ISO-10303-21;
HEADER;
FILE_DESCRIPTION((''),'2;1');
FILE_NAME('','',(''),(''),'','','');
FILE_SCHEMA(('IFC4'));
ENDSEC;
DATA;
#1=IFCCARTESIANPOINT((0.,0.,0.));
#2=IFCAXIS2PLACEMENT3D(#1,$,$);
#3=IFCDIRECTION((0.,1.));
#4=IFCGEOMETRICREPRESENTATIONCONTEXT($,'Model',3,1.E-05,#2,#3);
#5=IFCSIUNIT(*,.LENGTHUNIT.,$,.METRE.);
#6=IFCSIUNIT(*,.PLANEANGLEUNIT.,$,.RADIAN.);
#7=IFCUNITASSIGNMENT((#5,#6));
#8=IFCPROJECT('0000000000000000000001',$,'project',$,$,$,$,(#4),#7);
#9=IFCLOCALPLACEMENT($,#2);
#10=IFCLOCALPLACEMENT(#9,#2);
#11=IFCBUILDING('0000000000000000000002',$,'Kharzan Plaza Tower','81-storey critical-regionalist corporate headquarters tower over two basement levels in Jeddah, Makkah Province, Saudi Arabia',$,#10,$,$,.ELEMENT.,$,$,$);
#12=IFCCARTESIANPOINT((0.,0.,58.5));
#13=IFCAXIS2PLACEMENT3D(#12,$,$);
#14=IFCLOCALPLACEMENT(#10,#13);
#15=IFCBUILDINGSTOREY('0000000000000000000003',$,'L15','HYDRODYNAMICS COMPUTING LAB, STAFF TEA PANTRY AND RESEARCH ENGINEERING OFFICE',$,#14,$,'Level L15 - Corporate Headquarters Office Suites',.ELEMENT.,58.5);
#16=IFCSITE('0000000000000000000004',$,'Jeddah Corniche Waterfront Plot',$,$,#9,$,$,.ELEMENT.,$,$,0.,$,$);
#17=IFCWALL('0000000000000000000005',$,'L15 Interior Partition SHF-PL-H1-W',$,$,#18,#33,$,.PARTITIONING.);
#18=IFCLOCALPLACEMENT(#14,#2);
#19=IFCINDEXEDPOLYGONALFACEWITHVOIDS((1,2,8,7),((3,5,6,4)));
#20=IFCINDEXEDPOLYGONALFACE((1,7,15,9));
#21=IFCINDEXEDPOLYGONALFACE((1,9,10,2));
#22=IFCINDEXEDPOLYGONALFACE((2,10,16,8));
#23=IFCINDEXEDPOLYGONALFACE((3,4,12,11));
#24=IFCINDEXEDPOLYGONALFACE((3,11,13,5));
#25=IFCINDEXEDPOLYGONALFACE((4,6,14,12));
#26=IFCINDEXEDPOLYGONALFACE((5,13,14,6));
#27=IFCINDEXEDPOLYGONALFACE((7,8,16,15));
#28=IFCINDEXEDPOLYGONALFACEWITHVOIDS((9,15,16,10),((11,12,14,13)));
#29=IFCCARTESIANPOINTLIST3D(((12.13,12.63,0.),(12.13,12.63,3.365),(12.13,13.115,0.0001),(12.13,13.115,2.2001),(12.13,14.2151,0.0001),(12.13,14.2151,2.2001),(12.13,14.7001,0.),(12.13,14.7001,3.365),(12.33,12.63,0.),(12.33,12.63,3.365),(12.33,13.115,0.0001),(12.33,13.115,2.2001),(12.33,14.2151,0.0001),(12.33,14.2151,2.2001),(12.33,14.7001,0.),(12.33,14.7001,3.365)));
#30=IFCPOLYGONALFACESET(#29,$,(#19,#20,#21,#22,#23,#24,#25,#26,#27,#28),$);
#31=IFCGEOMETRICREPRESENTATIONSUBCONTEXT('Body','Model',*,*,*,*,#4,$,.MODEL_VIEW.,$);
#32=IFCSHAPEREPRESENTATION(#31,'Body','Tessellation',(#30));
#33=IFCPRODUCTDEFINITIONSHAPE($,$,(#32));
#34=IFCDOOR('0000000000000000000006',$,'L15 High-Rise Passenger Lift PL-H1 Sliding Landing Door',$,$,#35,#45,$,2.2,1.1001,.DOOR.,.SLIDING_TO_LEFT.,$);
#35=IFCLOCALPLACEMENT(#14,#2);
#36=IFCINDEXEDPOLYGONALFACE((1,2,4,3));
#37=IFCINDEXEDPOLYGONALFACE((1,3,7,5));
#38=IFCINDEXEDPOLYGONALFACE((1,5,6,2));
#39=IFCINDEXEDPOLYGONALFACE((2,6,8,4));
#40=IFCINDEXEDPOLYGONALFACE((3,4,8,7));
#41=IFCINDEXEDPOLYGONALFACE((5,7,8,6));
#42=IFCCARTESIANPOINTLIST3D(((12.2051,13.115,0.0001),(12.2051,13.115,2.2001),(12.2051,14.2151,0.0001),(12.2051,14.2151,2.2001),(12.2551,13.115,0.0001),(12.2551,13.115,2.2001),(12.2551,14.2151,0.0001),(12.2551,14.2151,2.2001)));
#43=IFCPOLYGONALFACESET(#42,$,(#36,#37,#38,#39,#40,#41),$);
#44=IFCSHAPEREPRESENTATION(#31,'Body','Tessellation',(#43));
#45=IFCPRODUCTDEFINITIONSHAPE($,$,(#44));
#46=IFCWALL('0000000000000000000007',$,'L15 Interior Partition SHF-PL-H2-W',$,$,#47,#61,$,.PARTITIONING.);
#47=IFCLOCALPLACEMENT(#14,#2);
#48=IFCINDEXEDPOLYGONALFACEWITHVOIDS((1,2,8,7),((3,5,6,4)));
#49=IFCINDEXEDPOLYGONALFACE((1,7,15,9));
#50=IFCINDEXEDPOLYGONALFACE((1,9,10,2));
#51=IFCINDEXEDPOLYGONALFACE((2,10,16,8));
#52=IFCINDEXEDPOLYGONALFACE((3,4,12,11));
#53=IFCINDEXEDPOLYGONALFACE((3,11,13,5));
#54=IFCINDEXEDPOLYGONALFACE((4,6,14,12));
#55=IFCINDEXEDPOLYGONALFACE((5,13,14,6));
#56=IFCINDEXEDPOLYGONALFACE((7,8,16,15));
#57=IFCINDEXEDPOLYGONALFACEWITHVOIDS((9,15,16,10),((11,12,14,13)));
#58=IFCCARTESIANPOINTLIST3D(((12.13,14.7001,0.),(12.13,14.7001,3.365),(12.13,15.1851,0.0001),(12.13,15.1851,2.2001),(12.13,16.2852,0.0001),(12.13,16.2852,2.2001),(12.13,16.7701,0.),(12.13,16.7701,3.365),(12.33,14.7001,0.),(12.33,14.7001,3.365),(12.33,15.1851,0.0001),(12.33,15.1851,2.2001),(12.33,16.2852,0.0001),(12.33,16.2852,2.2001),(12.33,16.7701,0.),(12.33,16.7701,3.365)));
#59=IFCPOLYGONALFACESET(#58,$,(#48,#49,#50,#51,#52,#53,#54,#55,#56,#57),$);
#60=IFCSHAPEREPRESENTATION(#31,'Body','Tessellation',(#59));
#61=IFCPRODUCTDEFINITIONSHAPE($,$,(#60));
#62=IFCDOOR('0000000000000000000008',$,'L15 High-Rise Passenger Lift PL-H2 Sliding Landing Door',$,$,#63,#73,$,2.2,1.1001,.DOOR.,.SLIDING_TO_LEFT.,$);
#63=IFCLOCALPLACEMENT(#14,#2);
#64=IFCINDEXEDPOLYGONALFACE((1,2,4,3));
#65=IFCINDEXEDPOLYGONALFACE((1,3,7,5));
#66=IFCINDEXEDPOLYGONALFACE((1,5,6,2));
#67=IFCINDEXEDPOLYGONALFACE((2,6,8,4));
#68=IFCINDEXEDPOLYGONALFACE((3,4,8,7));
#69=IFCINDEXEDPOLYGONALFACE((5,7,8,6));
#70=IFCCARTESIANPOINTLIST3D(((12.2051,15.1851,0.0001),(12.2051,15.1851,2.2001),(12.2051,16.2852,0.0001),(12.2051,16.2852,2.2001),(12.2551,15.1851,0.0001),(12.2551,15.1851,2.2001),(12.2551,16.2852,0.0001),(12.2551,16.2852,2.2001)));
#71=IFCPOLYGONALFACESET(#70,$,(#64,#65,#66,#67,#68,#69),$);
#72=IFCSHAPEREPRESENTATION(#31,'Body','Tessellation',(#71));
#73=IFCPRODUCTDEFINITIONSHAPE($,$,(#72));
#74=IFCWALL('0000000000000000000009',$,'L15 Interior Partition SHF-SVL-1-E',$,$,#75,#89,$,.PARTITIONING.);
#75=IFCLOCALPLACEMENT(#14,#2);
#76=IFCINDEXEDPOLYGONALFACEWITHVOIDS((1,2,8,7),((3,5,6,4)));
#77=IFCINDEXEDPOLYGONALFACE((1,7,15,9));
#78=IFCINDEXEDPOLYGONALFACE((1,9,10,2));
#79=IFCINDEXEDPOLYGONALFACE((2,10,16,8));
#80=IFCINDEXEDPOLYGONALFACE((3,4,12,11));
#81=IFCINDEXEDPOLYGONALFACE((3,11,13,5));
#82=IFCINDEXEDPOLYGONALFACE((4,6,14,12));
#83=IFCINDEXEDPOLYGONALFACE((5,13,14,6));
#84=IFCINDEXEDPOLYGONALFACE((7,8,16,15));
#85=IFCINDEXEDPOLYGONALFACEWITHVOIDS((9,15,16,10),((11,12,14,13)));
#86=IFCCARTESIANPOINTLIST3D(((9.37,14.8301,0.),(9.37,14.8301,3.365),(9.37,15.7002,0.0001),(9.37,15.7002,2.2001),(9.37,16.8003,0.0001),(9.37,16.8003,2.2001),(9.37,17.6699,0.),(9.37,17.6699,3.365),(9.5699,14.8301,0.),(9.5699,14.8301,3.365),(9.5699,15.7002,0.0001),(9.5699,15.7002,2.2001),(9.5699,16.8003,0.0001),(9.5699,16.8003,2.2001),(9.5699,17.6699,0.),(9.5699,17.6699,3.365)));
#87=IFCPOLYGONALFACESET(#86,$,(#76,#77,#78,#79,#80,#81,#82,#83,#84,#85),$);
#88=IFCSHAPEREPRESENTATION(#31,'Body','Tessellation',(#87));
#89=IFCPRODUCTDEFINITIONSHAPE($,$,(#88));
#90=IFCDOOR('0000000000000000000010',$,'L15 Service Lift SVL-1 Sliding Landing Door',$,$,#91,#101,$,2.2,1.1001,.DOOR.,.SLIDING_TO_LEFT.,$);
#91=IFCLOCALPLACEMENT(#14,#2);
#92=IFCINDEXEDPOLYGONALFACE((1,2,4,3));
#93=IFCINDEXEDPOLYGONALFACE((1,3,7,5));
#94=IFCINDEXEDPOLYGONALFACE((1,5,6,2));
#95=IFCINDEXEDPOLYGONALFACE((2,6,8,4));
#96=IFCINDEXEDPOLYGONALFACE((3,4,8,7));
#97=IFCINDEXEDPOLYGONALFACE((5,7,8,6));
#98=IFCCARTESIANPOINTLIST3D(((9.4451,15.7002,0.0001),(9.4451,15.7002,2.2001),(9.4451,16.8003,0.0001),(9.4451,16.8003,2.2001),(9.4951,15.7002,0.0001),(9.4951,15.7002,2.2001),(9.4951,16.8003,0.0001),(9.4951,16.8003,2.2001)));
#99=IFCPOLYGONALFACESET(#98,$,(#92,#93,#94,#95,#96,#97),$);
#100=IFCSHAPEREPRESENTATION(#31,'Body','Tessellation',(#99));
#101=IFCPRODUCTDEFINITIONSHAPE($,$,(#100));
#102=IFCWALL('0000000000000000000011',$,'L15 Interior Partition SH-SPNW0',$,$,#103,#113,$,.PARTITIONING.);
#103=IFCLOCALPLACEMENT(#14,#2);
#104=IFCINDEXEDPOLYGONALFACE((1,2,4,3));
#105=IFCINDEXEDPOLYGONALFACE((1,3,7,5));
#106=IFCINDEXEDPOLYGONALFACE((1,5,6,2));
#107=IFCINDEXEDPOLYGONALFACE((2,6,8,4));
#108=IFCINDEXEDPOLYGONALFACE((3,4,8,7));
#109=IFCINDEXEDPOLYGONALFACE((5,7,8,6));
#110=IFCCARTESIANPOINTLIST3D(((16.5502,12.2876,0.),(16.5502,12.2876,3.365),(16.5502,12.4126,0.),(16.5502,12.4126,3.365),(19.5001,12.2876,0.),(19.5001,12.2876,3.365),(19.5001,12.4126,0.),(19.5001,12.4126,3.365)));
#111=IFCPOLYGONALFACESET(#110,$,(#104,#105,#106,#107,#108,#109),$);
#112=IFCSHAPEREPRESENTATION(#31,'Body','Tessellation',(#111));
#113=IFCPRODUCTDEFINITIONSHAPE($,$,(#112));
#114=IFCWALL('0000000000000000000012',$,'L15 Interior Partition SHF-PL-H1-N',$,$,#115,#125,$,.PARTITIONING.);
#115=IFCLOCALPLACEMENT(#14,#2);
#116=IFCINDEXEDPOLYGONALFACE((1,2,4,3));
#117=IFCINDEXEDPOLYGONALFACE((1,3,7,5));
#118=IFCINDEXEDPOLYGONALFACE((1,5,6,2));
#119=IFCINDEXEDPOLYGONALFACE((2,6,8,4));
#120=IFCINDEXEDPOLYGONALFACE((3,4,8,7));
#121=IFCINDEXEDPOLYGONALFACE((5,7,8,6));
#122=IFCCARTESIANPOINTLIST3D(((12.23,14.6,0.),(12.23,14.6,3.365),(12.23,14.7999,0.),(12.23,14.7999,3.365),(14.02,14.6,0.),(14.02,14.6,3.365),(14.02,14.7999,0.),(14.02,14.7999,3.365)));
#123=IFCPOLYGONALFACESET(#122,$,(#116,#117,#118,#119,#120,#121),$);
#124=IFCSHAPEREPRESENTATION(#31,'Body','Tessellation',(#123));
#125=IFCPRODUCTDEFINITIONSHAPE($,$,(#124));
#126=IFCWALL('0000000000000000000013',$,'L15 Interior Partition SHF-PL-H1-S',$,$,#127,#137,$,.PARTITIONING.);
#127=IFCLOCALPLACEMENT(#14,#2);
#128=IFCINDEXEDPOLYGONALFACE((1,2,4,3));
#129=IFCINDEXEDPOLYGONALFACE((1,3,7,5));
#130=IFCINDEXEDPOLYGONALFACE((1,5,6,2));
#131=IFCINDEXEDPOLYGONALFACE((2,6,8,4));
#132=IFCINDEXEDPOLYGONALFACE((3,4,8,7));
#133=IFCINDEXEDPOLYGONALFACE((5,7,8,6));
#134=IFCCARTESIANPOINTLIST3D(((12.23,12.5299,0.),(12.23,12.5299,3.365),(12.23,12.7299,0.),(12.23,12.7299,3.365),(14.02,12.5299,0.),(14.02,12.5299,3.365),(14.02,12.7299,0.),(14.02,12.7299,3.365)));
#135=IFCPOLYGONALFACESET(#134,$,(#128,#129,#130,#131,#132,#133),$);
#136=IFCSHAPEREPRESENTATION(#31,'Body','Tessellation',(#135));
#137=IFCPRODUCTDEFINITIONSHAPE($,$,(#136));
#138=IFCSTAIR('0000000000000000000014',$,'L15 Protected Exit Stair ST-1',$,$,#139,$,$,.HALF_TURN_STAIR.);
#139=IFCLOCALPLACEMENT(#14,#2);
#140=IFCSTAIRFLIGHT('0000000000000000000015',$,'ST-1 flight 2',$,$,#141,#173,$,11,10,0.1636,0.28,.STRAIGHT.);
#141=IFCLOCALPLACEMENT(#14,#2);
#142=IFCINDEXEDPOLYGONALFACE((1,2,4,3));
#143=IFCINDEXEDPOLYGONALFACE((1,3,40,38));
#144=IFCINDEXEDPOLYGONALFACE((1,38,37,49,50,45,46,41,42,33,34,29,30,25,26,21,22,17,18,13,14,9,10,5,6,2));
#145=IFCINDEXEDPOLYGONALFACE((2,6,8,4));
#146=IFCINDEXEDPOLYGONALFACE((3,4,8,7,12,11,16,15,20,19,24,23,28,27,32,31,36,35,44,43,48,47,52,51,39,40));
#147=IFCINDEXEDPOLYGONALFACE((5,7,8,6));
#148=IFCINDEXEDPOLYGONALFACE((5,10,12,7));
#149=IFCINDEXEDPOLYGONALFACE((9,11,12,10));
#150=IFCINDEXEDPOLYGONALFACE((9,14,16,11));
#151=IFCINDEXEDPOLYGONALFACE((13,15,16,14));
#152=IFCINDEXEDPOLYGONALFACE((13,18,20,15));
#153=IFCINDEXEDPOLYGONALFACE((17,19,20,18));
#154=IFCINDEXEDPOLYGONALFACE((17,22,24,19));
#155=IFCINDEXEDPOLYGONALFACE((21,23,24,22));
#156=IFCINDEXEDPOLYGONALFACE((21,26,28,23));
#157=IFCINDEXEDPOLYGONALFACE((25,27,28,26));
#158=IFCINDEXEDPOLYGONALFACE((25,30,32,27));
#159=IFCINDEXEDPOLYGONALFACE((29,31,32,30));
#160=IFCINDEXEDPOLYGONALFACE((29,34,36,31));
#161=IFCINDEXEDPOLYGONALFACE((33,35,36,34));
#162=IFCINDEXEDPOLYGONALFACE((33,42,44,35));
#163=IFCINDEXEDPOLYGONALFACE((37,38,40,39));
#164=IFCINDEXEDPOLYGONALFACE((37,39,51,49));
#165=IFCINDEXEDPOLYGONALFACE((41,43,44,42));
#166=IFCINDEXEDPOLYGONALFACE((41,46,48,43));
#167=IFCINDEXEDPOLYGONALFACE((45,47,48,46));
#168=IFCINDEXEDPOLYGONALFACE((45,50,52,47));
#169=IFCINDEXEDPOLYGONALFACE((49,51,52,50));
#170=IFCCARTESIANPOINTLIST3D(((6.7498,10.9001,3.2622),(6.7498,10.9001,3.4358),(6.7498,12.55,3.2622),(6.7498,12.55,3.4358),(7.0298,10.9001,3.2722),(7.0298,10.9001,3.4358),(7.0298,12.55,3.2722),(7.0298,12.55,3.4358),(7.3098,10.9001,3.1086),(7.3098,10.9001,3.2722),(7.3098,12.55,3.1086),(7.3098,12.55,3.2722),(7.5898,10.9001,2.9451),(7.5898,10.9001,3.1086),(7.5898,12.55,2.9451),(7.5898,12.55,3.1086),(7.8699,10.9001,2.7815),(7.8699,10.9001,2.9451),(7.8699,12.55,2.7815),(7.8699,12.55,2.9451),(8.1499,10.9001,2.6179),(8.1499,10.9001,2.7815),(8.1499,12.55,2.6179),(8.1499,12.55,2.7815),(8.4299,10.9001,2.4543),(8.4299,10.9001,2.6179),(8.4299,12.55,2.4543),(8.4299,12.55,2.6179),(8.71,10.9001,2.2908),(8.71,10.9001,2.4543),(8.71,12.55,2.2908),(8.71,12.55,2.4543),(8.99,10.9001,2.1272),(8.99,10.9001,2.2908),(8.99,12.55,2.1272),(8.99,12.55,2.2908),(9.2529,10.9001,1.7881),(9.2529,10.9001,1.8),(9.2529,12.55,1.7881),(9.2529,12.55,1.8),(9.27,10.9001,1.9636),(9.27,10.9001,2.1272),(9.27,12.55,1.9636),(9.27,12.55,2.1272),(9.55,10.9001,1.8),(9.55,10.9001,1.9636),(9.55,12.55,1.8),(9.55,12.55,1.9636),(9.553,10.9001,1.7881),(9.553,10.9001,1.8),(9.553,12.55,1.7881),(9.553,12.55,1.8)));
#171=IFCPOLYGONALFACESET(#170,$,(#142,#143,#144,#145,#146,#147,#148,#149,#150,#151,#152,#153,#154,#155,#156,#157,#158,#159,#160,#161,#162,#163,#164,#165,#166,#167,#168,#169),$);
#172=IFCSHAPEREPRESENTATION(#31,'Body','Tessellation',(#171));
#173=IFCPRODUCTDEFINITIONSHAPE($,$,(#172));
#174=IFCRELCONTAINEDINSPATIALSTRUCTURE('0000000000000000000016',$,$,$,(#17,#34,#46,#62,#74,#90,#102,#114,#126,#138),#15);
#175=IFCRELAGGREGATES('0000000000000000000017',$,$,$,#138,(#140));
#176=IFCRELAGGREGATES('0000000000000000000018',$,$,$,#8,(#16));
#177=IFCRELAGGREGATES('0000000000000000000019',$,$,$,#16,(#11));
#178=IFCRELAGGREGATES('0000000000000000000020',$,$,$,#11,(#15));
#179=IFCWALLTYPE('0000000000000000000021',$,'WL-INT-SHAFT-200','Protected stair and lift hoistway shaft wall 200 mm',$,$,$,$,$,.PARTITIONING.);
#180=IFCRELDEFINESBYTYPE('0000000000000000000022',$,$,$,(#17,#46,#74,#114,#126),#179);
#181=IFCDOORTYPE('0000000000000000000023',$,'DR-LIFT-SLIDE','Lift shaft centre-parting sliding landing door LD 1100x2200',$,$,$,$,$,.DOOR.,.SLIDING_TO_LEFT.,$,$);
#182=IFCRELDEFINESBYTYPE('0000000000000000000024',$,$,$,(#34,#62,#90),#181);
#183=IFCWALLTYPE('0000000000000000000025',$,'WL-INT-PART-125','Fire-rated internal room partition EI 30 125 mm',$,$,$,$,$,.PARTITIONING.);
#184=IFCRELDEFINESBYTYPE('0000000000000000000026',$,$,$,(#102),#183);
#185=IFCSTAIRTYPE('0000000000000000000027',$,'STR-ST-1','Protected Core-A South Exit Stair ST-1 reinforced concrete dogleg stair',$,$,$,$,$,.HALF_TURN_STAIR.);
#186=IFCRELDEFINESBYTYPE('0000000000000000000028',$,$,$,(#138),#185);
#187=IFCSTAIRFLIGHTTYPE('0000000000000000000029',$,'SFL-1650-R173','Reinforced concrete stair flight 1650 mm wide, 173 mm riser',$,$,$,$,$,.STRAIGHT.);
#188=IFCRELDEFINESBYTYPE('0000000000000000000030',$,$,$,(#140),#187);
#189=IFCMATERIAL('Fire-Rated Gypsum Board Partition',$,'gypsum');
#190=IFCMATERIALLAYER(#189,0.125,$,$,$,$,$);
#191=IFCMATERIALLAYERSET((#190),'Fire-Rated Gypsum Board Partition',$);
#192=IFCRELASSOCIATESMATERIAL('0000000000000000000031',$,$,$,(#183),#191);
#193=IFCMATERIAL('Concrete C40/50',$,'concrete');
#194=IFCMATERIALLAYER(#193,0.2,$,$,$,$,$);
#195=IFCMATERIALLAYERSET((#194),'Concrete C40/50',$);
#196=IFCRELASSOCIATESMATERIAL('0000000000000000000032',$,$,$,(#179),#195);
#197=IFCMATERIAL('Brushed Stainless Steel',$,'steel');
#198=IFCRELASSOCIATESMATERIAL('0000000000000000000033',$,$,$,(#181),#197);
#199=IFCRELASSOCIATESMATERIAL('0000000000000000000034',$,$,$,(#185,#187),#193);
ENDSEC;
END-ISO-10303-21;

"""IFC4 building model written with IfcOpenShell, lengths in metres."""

from ifc_helpers import new_model, si_unit, direction, frame, frame_2d, origin, place, context, subcontext, project, spatial, polyline, rectangle, outline, extrude, source, transform, mapped, material, layer, layer_set, type_object, element, fill, aggregate, save


model = new_model("IFC4")

# Units and contexts
model_context = context("Model", 3, precision=1e-05, world=origin(), true_north=direction((0.0, 1.0)))
body_context = subcontext(model_context, "Body", "Model", "MODEL_VIEW")
ifc_project = project(units=[si_unit("LENGTHUNIT", "METRE"), si_unit("PLANEANGLEUNIT", "RADIAN")], contexts=[model_context])

# Site, building, storey
site_placement = place(None, origin())
site = spatial("IfcSite", under=ifc_project, at=site_placement, Name="Jeddah Corniche Waterfront Plot", CompositionType="ELEMENT", RefElevation=0.0)
building_placement = place(site_placement, origin())
building = spatial("IfcBuilding", under=site, at=building_placement, Name="Kharzan Plaza Tower", Description="81-storey critical-regionalist corporate headquarters tower over two basement levels in Jeddah, Makkah Province, Saudi Arabia", CompositionType="ELEMENT")
storey_placement = place(building_placement, frame((0.0, 0.0, 58.5)))
storey = spatial("IfcBuildingStorey", under=building, at=storey_placement, Name="L15", Description="HYDRODYNAMICS COMPUTING LAB, STAFF TEA PANTRY AND RESEARCH ENGINEERING OFFICE", LongName="Level L15 - Corporate Headquarters Office Suites", CompositionType="ELEMENT", Elevation=58.5)

# Walls, openings, doors
ifc_material_1 = material(Name="Fire-Rated Gypsum Board Partition", Category="gypsum")
ifc_layer_1 = layer(ifc_material_1, 0.125)
ifc_layer_set_1 = layer_set([ifc_layer_1], Name="Fire-Rated Gypsum Board Partition")
wall_type_1 = type_object("IfcWallType", Name="WL-INT-PART-125", Description="Fire-rated internal room partition EI 30 125 mm", PredefinedType="PARTITIONING", material=ifc_layer_set_1)
ifc_material_2 = material(Name="Concrete C40/50", Category="concrete")
ifc_layer_2 = layer(ifc_material_2, 0.2)
ifc_layer_set_2 = layer_set([ifc_layer_2], Name="Concrete C40/50")
wall_type_2 = type_object("IfcWallType", Name="WL-INT-SHAFT-200", Description="Protected stair and lift hoistway shaft wall 200 mm", PredefinedType="PARTITIONING", material=ifc_layer_set_2)
wall_1_placement = place(storey_placement, frame((12.23, 12.6299, 0.0), z_axis=(0.0, 0.0, 1.0), x_axis=(0.0, 1.0, 0.0)))
wall_1 = element("IfcWall", 1, at=wall_1_placement, inside=storey, type_object=wall_type_2, Name="L15 Interior Partition SHF-PL-H1-W", PredefinedType="PARTITIONING", context=body_context, shape_type="SweptSolid", body=[
    extrude(rectangle(XDim=2.0701, YDim=0.2, at=frame_2d((1.0352, 0.0))), origin(), (0.0, 0.0, 1.0), 3.365),
])
opening_1_placement = place(wall_1_placement, frame((0.4851, 0.0, 0.0)))
opening_1 = element("IfcOpeningElement", 2, at=opening_1_placement, cuts=wall_1, PredefinedType="OPENING", context=body_context, shape_type="SweptSolid", body=[
    extrude(rectangle(XDim=1.1001, YDim=2.2, at=frame_2d((0.55, 1.1001))), frame((0.0, 0.1099, 0.0), z_axis=(0.0, -1.0, 0.0), x_axis=(1.0, 0.0, 0.0)), (0.0, 0.0, 1.0), 0.22),
])
ifc_material_3 = material(Name="Brushed Stainless Steel", Category="steel")
door_type_1 = type_object("IfcDoorType", Name="DR-LIFT-SLIDE", Description="Lift shaft centre-parting sliding landing door LD 1100x2200", OperationType="SLIDING_TO_LEFT", PredefinedType="DOOR", material=ifc_material_3)
shared_shape_1 = source(origin(), body_context, "Body", "SweptSolid", [
    extrude(rectangle(XDim=1.1001, YDim=2.2, at=frame_2d((0.55, 1.1001))), frame((0.0, 0.0249, 0.0), z_axis=(0.0, -1.0, 0.0), x_axis=(1.0, 0.0, 0.0)), (0.0, 0.0, 1.0), 0.05),
])
door_1_placement = place(opening_1_placement, origin())
door_1 = element("IfcDoor", 3, at=door_1_placement, inside=storey, type_object=door_type_1, Name="L15 High-Rise Passenger Lift PL-H1 Sliding Landing Door", OperationType="SLIDING_TO_LEFT", OverallHeight=2.2, OverallWidth=1.1001, PredefinedType="DOOR", context=body_context, shape_type="MappedRepresentation", body=[
    mapped(shared_shape_1, transform((0.0, 0.0, 0.0), x_axis=(1.0, 0.0, 0.0), y_axis=(0.0, 1.0, 0.0), z_axis=(0.0, 0.0, 1.0))),
])
fill(opening_1, door_1)
wall_2_placement = place(storey_placement, frame((12.23, 14.7, 0.0), z_axis=(0.0, 0.0, 1.0), x_axis=(0.0, 1.0, 0.0)))
wall_2 = element("IfcWall", 4, at=wall_2_placement, inside=storey, type_object=wall_type_2, Name="L15 Interior Partition SHF-PL-H2-W", PredefinedType="PARTITIONING", context=body_context, shape_type="SweptSolid", body=[
    extrude(rectangle(XDim=2.0701, YDim=0.2, at=frame_2d((1.0352, 0.0))), origin(), (0.0, 0.0, 1.0), 3.365),
])
opening_2_placement = place(wall_2_placement, frame((0.4851, 0.0, 0.0)))
opening_2 = element("IfcOpeningElement", 5, at=opening_2_placement, cuts=wall_2, PredefinedType="OPENING", context=body_context, shape_type="SweptSolid", body=[
    extrude(rectangle(XDim=1.1001, YDim=2.2, at=frame_2d((0.55, 1.1001))), frame((0.0, 0.1099, 0.0), z_axis=(0.0, -1.0, 0.0), x_axis=(1.0, 0.0, 0.0)), (0.0, 0.0, 1.0), 0.22),
])
door_2_placement = place(opening_2_placement, origin())
door_2 = element("IfcDoor", 6, at=door_2_placement, inside=storey, type_object=door_type_1, Name="L15 High-Rise Passenger Lift PL-H2 Sliding Landing Door", OperationType="SLIDING_TO_LEFT", OverallHeight=2.2, OverallWidth=1.1001, PredefinedType="DOOR", context=body_context, shape_type="MappedRepresentation", body=[
    mapped(shared_shape_1, transform((0.0, 0.0, 0.0), x_axis=(1.0, 0.0, 0.0), y_axis=(0.0, 1.0, 0.0), z_axis=(0.0, 0.0, 1.0))),
])
fill(opening_2, door_2)
wall_3_placement = place(storey_placement, frame((9.47, 14.8301, 0.0), z_axis=(0.0, 0.0, 1.0), x_axis=(0.0, 1.0, 0.0)))
wall_3 = element("IfcWall", 7, at=wall_3_placement, inside=storey, type_object=wall_type_2, Name="L15 Interior Partition SHF-SVL-1-E", PredefinedType="PARTITIONING", context=body_context, shape_type="SweptSolid", body=[
    extrude(rectangle(XDim=2.8398, YDim=0.2, at=frame_2d((1.4199, 0.0))), origin(), (0.0, 0.0, 1.0), 3.365),
])
opening_3_placement = place(wall_3_placement, frame((0.8701, 0.0, 0.0)))
opening_3 = element("IfcOpeningElement", 8, at=opening_3_placement, cuts=wall_3, PredefinedType="OPENING", context=body_context, shape_type="SweptSolid", body=[
    extrude(rectangle(XDim=1.1001, YDim=2.2, at=frame_2d((0.55, 1.1001))), frame((0.0, 0.1099, 0.0), z_axis=(0.0, -1.0, 0.0), x_axis=(1.0, 0.0, 0.0)), (0.0, 0.0, 1.0), 0.22),
])
door_3_placement = place(opening_3_placement, origin())
door_3 = element("IfcDoor", 9, at=door_3_placement, inside=storey, type_object=door_type_1, Name="L15 Service Lift SVL-1 Sliding Landing Door", OperationType="SLIDING_TO_LEFT", OverallHeight=2.2, OverallWidth=1.1001, PredefinedType="DOOR", context=body_context, shape_type="MappedRepresentation", body=[
    mapped(shared_shape_1, transform((0.0, 0.0, 0.0), x_axis=(1.0, 0.0, 0.0), y_axis=(0.0, 1.0, 0.0), z_axis=(0.0, 0.0, 1.0))),
])
fill(opening_3, door_3)

# Walls
shared_shape_2 = source(origin(), body_context, "Body", "SweptSolid", [
    extrude(rectangle(XDim=2.95, YDim=0.125, at=frame_2d((1.4751, 0.0))), origin(), (0.0, 0.0, 1.0), 3.365),
])
wall_4_placement = place(storey_placement, frame((16.55, 12.3501, 0.0), z_axis=(0.0, 0.0, 1.0), x_axis=(1.0, 0.0, 0.0)))
element("IfcWall", 10, at=wall_4_placement, inside=storey, type_object=wall_type_1, Name="L15 Interior Partition SH-SPNW0", PredefinedType="PARTITIONING", context=body_context, shape_type="MappedRepresentation", body=[
    mapped(shared_shape_2, transform((0.0, 0.0, 0.0), x_axis=(1.0, 0.0, 0.0), y_axis=(0.0, 1.0, 0.0), z_axis=(0.0, 0.0, 1.0))),
])
shared_shape_3 = source(origin(), body_context, "Body", "SweptSolid", [
    extrude(rectangle(XDim=1.79, YDim=0.2, at=frame_2d((0.895, 0.0))), origin(), (0.0, 0.0, 1.0), 3.365),
])
for number, where, z_axis, x_axis, name in (
    (11, (12.23, 14.7, 0.0), (0.0, 0.0, 1.0), (1.0, 0.0, 0.0), "L15 Interior Partition SHF-PL-H1-N"),
    (12, (12.23, 12.6299, 0.0), (0.0, 0.0, 1.0), (1.0, 0.0, 0.0), "L15 Interior Partition SHF-PL-H1-S"),
):
    element("IfcWall", number, at=place(storey_placement, frame(where, z_axis=z_axis, x_axis=x_axis)), inside=storey, type_object=wall_type_2, Name=name, PredefinedType="PARTITIONING", context=body_context, shape_type="MappedRepresentation", body=[
        mapped(shared_shape_3, transform((0.0, 0.0, 0.0), x_axis=(1.0, 0.0, 0.0), y_axis=(0.0, 1.0, 0.0), z_axis=(0.0, 0.0, 1.0))),
    ])

# Stair, stair flight
stair_type = type_object("IfcStairType", Name="STR-ST-1", Description="Protected Core-A South Exit Stair ST-1 reinforced concrete dogleg stair", PredefinedType="HALF_TURN_STAIR", material=ifc_material_2)
stair_placement = place(storey_placement, origin())
stair = element("IfcStair", 13, at=stair_placement, inside=storey, type_object=stair_type, Name="L15 Protected Exit Stair ST-1", PredefinedType="HALF_TURN_STAIR")
stair_flight_type = type_object("IfcStairFlightType", Name="SFL-1650-R173", Description="Reinforced concrete stair flight 1650 mm wide, 173 mm riser", PredefinedType="STRAIGHT", material=ifc_material_2)
shared_shape_4 = source(origin(), body_context, "Body", "SweptSolid", [
    extrude(outline(polyline([(-0.0029, -0.012), (-0.0029, 0.0), (0.0, 0.0), (0.0, 0.1636), (0.28, 0.1636), (0.28, 0.3271), (0.5601, 0.3271), (0.5601, 0.4907), (0.8401, 0.4907), (0.8401, 0.6543), (1.1201, 0.6543), (1.1201, 0.8179), (1.4001, 0.8179), (1.4001, 0.9814), (1.6802, 0.9814), (1.6802, 1.145), (1.9602, 1.145), (1.9602, 1.3086), (2.2402, 1.3086), (2.2402, 1.4722), (2.5203, 1.4722), (2.5203, 1.6357), (2.8003, 1.6357), (2.8003, 1.7993), (2.8003, 1.4622), (0.2971, 0.0), (0.2971, -0.012), (-0.0029, -0.012)])), frame((0.0, 0.825, 0.0), z_axis=(0.0, -1.0, 0.0), x_axis=(1.0, 0.0, 0.0)), (0.0, 0.0, 1.0), 1.6499),
])
stair_flight_placement = place(storey_placement, frame((9.55, 11.7251, 1.8), z_axis=(0.0, 0.0, 1.0), x_axis=(-1.0, 0.0, 0.0)))
stair_flight = element("IfcStairFlight", 14, at=stair_flight_placement, type_object=stair_flight_type, Name="ST-1 flight 2", NumberOfRisers=11, NumberOfTreads=10, PredefinedType="STRAIGHT", RiserHeight=0.1636, TreadLength=0.28, context=body_context, shape_type="MappedRepresentation", body=[
    mapped(shared_shape_4, transform((0.0, 0.0, 0.0), x_axis=(1.0, 0.0, 0.0), y_axis=(0.0, 1.0, 0.0), z_axis=(0.0, 0.0, 1.0))),
])
aggregate(stair, [stair_flight])

save(model, "model.ifc")
